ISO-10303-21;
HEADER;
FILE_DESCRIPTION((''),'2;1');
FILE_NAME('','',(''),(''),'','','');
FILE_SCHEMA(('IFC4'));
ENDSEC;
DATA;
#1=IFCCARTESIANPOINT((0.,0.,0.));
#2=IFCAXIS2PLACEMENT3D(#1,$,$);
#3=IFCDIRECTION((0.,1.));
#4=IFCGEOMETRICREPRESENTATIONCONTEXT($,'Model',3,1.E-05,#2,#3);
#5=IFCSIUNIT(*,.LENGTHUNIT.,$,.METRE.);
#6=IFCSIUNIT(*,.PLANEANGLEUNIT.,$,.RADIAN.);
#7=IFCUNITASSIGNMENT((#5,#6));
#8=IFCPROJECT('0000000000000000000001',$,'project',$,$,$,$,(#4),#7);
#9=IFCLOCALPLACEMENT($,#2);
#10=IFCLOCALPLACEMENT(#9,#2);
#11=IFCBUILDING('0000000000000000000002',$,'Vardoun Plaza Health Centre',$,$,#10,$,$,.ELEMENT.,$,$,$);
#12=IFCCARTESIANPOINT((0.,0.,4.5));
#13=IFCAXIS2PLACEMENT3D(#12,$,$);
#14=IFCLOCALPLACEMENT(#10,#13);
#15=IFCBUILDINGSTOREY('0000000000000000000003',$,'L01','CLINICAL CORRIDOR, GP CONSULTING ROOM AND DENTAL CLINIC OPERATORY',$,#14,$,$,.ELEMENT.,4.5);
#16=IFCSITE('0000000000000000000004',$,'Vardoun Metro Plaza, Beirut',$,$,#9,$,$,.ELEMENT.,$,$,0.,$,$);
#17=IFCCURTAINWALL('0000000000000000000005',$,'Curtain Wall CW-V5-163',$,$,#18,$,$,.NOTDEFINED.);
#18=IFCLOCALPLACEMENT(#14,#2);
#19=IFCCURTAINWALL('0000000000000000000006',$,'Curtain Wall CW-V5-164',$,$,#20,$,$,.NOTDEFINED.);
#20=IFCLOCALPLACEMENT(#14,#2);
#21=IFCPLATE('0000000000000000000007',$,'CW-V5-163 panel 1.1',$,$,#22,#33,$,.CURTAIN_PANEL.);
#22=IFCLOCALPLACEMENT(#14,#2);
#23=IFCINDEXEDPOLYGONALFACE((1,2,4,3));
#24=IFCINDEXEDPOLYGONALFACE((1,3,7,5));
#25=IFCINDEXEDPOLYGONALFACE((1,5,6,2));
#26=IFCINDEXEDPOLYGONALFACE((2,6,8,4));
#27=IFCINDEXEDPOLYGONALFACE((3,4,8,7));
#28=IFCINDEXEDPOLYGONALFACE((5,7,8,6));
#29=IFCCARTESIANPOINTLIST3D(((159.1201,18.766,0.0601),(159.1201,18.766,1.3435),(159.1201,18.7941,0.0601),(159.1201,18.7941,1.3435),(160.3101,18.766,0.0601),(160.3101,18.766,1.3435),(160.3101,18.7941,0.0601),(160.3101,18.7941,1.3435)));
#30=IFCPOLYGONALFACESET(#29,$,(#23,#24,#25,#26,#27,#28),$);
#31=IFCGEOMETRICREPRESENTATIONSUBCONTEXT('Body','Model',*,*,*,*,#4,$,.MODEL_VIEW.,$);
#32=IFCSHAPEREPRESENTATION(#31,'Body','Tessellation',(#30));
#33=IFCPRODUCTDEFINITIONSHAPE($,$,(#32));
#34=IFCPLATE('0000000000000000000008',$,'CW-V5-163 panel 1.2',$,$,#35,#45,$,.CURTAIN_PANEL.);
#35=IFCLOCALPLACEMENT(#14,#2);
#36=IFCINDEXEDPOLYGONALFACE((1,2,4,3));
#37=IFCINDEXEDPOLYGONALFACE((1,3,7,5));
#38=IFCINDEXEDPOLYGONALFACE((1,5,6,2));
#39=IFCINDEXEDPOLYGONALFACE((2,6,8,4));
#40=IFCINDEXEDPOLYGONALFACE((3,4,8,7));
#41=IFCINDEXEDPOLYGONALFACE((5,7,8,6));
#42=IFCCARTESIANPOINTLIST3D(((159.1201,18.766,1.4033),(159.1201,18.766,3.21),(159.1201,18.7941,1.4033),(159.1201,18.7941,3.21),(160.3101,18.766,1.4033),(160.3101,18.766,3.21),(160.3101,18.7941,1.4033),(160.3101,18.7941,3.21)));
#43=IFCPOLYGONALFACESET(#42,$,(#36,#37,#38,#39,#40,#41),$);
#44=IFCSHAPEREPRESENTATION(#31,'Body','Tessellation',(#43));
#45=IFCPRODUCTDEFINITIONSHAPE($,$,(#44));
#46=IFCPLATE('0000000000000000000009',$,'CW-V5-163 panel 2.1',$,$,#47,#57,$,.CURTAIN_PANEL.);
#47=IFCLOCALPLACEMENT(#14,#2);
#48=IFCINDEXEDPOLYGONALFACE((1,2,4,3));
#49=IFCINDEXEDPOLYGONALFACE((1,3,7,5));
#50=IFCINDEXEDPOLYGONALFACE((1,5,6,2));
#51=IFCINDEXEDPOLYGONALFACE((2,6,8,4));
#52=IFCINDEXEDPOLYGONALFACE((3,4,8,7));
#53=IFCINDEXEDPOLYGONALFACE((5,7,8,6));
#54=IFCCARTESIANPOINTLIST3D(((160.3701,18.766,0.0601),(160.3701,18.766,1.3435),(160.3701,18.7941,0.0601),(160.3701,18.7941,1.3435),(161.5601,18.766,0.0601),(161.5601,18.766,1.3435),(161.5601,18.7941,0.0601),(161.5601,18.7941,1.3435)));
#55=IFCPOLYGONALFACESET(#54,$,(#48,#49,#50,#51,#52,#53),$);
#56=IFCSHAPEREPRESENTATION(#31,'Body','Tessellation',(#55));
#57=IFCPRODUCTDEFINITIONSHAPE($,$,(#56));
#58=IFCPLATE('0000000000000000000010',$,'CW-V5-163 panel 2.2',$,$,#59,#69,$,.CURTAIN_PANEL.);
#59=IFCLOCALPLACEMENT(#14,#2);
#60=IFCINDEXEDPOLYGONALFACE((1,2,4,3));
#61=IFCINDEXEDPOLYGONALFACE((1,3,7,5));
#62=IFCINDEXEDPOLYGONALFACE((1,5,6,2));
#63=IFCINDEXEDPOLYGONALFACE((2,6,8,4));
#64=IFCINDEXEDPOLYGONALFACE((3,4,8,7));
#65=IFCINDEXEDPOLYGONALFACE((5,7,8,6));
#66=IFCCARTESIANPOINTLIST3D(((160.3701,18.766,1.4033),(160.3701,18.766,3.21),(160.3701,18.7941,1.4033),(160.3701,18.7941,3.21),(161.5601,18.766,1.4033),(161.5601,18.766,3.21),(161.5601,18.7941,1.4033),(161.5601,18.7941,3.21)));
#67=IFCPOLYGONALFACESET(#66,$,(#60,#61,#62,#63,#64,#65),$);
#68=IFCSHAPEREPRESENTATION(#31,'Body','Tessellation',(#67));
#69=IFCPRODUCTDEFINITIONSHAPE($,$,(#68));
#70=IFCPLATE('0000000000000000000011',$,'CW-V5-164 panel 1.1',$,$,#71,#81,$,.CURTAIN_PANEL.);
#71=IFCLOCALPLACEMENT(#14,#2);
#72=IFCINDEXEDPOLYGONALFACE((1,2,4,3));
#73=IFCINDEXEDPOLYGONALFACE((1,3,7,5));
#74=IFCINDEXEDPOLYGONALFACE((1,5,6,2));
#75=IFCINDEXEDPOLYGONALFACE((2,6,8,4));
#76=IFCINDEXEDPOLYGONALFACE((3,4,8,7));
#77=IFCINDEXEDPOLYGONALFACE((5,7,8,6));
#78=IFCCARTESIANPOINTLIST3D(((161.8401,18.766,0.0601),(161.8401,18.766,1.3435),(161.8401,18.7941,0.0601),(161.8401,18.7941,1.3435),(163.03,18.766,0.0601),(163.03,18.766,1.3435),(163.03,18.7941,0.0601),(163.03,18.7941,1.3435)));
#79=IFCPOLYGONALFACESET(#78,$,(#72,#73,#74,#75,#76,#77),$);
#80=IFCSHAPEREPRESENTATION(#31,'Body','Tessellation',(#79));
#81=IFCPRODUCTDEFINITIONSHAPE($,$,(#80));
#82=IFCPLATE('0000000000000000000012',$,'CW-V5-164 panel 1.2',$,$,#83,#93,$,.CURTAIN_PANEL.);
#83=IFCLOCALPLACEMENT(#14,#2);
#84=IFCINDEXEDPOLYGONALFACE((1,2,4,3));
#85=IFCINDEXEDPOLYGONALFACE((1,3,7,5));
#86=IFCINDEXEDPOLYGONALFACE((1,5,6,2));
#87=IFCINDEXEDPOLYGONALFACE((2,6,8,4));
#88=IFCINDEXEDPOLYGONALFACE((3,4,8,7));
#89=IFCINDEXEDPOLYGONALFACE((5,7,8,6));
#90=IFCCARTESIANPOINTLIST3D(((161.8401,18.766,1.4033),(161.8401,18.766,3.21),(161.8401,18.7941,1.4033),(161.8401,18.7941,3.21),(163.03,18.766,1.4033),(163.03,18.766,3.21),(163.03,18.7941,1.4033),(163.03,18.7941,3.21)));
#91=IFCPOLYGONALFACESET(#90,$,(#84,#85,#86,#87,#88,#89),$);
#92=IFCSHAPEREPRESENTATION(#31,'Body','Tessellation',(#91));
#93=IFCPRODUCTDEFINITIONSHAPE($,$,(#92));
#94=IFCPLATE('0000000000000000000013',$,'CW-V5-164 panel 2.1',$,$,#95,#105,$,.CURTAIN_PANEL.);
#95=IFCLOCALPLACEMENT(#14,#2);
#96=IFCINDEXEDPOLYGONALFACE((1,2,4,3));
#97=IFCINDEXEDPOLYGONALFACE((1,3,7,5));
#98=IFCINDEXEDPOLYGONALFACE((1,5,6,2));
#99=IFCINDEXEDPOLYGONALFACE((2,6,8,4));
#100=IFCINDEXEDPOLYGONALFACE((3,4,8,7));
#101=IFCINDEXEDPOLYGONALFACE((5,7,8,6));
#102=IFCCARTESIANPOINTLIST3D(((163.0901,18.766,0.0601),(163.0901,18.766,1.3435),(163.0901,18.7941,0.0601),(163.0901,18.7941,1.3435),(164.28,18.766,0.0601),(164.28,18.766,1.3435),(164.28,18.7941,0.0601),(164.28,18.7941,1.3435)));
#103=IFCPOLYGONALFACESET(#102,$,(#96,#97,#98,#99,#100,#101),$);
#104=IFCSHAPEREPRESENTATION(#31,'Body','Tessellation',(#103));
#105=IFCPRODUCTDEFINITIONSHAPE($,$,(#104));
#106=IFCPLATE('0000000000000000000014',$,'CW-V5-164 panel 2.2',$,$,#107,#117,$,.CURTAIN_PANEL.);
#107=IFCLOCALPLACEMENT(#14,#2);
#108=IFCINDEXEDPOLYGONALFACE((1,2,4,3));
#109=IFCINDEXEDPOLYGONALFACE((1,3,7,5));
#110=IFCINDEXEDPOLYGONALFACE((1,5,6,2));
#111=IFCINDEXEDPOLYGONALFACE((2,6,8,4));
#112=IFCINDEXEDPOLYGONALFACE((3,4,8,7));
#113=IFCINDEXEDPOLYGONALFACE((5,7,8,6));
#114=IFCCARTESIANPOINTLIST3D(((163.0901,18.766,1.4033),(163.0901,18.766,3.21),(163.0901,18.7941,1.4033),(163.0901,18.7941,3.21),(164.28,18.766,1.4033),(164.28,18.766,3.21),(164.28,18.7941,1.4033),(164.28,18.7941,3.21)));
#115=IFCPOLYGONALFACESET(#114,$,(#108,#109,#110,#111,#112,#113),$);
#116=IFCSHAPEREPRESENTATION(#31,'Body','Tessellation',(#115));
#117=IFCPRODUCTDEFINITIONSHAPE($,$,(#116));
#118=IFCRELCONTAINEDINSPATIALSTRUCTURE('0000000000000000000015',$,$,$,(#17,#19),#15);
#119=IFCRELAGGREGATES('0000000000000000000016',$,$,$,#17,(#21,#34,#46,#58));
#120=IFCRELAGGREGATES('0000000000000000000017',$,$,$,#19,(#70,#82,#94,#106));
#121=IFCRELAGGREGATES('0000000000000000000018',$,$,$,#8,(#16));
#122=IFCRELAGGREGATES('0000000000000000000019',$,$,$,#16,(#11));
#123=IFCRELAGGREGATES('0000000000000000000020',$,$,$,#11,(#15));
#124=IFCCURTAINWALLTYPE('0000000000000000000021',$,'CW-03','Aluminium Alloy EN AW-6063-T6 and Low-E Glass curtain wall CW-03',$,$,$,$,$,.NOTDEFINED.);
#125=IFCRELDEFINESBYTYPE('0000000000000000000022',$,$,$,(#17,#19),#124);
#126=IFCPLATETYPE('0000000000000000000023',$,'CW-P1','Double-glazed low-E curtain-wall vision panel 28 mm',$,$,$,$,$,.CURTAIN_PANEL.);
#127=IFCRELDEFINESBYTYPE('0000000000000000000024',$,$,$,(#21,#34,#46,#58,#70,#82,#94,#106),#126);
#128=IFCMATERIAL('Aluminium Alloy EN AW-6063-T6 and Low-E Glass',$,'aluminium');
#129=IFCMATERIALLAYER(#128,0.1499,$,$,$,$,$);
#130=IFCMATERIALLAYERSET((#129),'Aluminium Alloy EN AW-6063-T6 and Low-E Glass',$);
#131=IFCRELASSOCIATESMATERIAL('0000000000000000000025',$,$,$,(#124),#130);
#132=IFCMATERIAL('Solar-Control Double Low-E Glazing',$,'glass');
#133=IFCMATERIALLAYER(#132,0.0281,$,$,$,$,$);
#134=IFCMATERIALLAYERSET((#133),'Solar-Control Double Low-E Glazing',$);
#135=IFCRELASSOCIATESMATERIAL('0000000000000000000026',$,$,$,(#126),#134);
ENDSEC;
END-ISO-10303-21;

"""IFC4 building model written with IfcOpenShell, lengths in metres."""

from ifc_helpers import new_model, si_unit, direction, frame, origin, origin_2d, place, context, subcontext, project, spatial, rectangle, extrude, material, layer, layer_set, type_object, element, aggregate, save


model = new_model("IFC4")

# Units and contexts
model_context = context("Model", 3, precision=1e-05, world=origin(), true_north=direction((0.0, 1.0)))
body_context = subcontext(model_context, "Body", "Model", "MODEL_VIEW")
ifc_project = project(units=[si_unit("LENGTHUNIT", "METRE"), si_unit("PLANEANGLEUNIT", "RADIAN")], contexts=[model_context])

# Site, building, storey
site_placement = place(None, origin())
site = spatial("IfcSite", under=ifc_project, at=site_placement, Name="Vardoun Metro Plaza, Beirut", CompositionType="ELEMENT", RefElevation=0.0)
building_placement = place(site_placement, origin())
building = spatial("IfcBuilding", under=site, at=building_placement, Name="Vardoun Plaza Health Centre", CompositionType="ELEMENT")
storey_placement = place(building_placement, frame((0.0, 0.0, 4.5)))
storey = spatial("IfcBuildingStorey", under=building, at=storey_placement, Name="L01", Description="CLINICAL CORRIDOR, GP CONSULTING ROOM AND DENTAL CLINIC OPERATORY", CompositionType="ELEMENT", Elevation=4.5)

# Curtain walls
ifc_material_1 = material(Name="Aluminium Alloy EN AW-6063-T6 and Low-E Glass", Category="aluminium")
ifc_layer_1 = layer(ifc_material_1, 0.1499)
ifc_layer_set_1 = layer_set([ifc_layer_1], Name="Aluminium Alloy EN AW-6063-T6 and Low-E Glass")
curtain_wall_type = type_object("IfcCurtainWallType", Name="CW-03", Description="Aluminium Alloy EN AW-6063-T6 and Low-E Glass curtain wall CW-03", PredefinedType="NOTDEFINED", material=ifc_layer_set_1)
curtain_wall_1_placement = place(storey_placement, origin())
curtain_wall_1 = element("IfcCurtainWall", 1, at=curtain_wall_1_placement, inside=storey, type_object=curtain_wall_type, Name="Curtain Wall CW-V5-163", PredefinedType="NOTDEFINED")
curtain_wall_2_placement = place(storey_placement, origin())
curtain_wall_2 = element("IfcCurtainWall", 2, at=curtain_wall_2_placement, inside=storey, type_object=curtain_wall_type, Name="Curtain Wall CW-V5-164", PredefinedType="NOTDEFINED")

# Plates
ifc_material_2 = material(Name="Solar-Control Double Low-E Glazing", Category="glass")
ifc_layer_2 = layer(ifc_material_2, 0.0281)
ifc_layer_set_2 = layer_set([ifc_layer_2], Name="Solar-Control Double Low-E Glazing")
plate_type = type_object("IfcPlateType", Name="CW-P1", Description="Double-glazed low-E curtain-wall vision panel 28 mm", PredefinedType="CURTAIN_PANEL", material=ifc_layer_set_2)
plate_1_placement = place(storey_placement, frame((159.7151, 18.78, 0.0601), z_axis=(0.0, 0.0, 1.0), x_axis=(1.0, 0.0, 0.0)))
plate_1 = element("IfcPlate", 3, at=plate_1_placement, type_object=plate_type, Name="CW-V5-163 panel 1.1", PredefinedType="CURTAIN_PANEL", context=body_context, shape_type="SweptSolid", body=[
    extrude(rectangle(XDim=1.1899, YDim=0.0281, at=origin_2d()), origin(), (0.0, 0.0, 1.0), 1.2834),
])
plate_2_placement = place(storey_placement, frame((159.7151, 18.78, 1.4033), z_axis=(0.0, 0.0, 1.0), x_axis=(1.0, 0.0, 0.0)))
plate_2 = element("IfcPlate", 4, at=plate_2_placement, type_object=plate_type, Name="CW-V5-163 panel 1.2", PredefinedType="CURTAIN_PANEL", context=body_context, shape_type="SweptSolid", body=[
    extrude(rectangle(XDim=1.1899, YDim=0.0281, at=origin_2d()), origin(), (0.0, 0.0, 1.0), 1.8066),
])
plate_3_placement = place(storey_placement, frame((160.9651, 18.78, 0.0601), z_axis=(0.0, 0.0, 1.0), x_axis=(1.0, 0.0, 0.0)))
plate_3 = element("IfcPlate", 5, at=plate_3_placement, type_object=plate_type, Name="CW-V5-163 panel 2.1", PredefinedType="CURTAIN_PANEL", context=body_context, shape_type="SweptSolid", body=[
    extrude(rectangle(XDim=1.1899, YDim=0.0281, at=origin_2d()), origin(), (0.0, 0.0, 1.0), 1.2834),
])
plate_4_placement = place(storey_placement, frame((160.9651, 18.78, 1.4033), z_axis=(0.0, 0.0, 1.0), x_axis=(1.0, 0.0, 0.0)))
plate_4 = element("IfcPlate", 6, at=plate_4_placement, type_object=plate_type, Name="CW-V5-163 panel 2.2", PredefinedType="CURTAIN_PANEL", context=body_context, shape_type="SweptSolid", body=[
    extrude(rectangle(XDim=1.1899, YDim=0.0281, at=origin_2d()), origin(), (0.0, 0.0, 1.0), 1.8066),
])
aggregate(curtain_wall_1, [plate_1, plate_2, plate_3, plate_4])
plate_5_placement = place(storey_placement, frame((162.4351, 18.78, 0.0601), z_axis=(0.0, 0.0, 1.0), x_axis=(1.0, 0.0, 0.0)))
plate_5 = element("IfcPlate", 7, at=plate_5_placement, type_object=plate_type, Name="CW-V5-164 panel 1.1", PredefinedType="CURTAIN_PANEL", context=body_context, shape_type="SweptSolid", body=[
    extrude(rectangle(XDim=1.1899, YDim=0.0281, at=origin_2d()), origin(), (0.0, 0.0, 1.0), 1.2834),
])
plate_6_placement = place(storey_placement, frame((162.4351, 18.78, 1.4033), z_axis=(0.0, 0.0, 1.0), x_axis=(1.0, 0.0, 0.0)))
plate_6 = element("IfcPlate", 8, at=plate_6_placement, type_object=plate_type, Name="CW-V5-164 panel 1.2", PredefinedType="CURTAIN_PANEL", context=body_context, shape_type="SweptSolid", body=[
    extrude(rectangle(XDim=1.1899, YDim=0.0281, at=origin_2d()), origin(), (0.0, 0.0, 1.0), 1.8066),
])
plate_7_placement = place(storey_placement, frame((163.6851, 18.78, 0.0601), z_axis=(0.0, 0.0, 1.0), x_axis=(1.0, 0.0, 0.0)))
plate_7 = element("IfcPlate", 9, at=plate_7_placement, type_object=plate_type, Name="CW-V5-164 panel 2.1", PredefinedType="CURTAIN_PANEL", context=body_context, shape_type="SweptSolid", body=[
    extrude(rectangle(XDim=1.1899, YDim=0.0281, at=origin_2d()), origin(), (0.0, 0.0, 1.0), 1.2834),
])
plate_8_placement = place(storey_placement, frame((163.6851, 18.78, 1.4033), z_axis=(0.0, 0.0, 1.0), x_axis=(1.0, 0.0, 0.0)))
plate_8 = element("IfcPlate", 10, at=plate_8_placement, type_object=plate_type, Name="CW-V5-164 panel 2.2", PredefinedType="CURTAIN_PANEL", context=body_context, shape_type="SweptSolid", body=[
    extrude(rectangle(XDim=1.1899, YDim=0.0281, at=origin_2d()), origin(), (0.0, 0.0, 1.0), 1.8066),
])
aggregate(curtain_wall_2, [plate_5, plate_6, plate_7, plate_8])

save(model, "model.ifc")
